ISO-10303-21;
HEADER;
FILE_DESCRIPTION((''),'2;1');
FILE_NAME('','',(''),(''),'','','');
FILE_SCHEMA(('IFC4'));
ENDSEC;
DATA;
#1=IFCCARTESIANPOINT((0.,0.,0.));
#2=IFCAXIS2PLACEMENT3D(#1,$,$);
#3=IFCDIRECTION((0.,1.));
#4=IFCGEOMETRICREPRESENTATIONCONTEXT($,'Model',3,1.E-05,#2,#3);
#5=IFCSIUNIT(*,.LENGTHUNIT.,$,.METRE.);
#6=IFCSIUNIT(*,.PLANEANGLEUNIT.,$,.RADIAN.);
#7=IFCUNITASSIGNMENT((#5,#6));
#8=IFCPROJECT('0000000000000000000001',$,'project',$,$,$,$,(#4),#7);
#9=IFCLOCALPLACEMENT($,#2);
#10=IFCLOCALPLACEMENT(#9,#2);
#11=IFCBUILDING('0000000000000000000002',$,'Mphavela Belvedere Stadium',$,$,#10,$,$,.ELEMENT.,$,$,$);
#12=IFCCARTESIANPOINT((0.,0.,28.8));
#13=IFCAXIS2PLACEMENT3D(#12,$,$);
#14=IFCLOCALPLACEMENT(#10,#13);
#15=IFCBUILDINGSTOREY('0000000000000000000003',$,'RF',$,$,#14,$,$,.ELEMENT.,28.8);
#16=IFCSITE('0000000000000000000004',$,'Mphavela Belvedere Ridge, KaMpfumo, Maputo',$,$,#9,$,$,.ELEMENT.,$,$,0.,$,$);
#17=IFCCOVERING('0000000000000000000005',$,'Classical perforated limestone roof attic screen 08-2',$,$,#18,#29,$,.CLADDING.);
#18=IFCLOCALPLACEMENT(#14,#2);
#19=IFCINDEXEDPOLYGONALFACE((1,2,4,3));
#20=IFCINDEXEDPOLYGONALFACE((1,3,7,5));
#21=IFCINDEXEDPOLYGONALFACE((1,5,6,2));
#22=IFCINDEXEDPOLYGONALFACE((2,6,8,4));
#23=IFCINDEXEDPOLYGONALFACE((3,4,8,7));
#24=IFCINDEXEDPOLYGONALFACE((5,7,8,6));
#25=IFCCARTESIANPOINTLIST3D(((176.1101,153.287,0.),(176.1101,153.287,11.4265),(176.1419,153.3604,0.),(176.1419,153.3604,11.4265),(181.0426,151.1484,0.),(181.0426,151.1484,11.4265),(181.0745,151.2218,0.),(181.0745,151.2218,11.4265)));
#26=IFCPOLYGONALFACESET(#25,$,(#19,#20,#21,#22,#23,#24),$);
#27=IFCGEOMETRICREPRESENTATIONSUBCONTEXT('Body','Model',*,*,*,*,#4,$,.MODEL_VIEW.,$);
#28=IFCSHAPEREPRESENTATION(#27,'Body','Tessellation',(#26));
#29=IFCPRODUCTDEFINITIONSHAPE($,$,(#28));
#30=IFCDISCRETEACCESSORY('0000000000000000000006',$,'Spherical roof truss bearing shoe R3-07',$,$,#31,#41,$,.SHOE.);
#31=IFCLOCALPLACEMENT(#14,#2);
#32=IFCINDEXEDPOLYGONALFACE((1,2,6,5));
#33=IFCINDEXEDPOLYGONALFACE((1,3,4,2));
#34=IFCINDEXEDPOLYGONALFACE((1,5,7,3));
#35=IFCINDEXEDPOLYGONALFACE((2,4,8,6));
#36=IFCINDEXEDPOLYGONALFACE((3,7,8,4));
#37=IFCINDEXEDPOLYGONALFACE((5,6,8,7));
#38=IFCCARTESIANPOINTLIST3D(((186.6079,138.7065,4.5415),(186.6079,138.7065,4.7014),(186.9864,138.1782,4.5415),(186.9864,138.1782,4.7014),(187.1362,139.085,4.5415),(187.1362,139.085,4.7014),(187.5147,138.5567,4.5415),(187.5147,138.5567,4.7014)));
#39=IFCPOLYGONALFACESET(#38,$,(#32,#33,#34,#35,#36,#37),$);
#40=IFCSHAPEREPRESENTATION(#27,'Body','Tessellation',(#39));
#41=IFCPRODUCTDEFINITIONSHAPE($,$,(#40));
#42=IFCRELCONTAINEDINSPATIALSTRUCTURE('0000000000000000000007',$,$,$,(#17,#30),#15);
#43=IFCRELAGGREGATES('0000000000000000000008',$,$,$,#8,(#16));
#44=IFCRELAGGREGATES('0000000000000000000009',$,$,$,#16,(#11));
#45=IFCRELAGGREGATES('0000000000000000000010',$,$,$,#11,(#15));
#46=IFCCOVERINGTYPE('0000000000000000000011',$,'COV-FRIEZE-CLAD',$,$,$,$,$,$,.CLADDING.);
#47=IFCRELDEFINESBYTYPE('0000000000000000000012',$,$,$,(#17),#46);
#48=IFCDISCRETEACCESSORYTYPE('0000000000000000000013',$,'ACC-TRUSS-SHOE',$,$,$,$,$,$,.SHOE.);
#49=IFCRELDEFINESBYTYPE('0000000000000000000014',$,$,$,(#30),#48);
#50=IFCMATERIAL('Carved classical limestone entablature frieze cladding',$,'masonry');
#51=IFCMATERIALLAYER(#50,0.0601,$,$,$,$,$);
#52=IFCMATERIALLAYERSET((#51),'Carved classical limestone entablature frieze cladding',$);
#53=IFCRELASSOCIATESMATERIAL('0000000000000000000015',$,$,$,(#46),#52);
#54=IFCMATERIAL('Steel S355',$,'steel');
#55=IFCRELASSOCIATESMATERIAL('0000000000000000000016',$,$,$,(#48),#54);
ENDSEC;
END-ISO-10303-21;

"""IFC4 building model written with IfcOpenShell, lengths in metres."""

from ifc_helpers import new_model, si_unit, direction, frame, origin, origin_2d, place, context, subcontext, project, spatial, rectangle, extrude, material, layer, layer_set, type_object, element, save


model = new_model("IFC4")

# Units and contexts
model_context = context("Model", 3, precision=1e-05, world=origin(), true_north=direction((0.0, 1.0)))
body_context = subcontext(model_context, "Body", "Model", "MODEL_VIEW")
ifc_project = project(units=[si_unit("LENGTHUNIT", "METRE"), si_unit("PLANEANGLEUNIT", "RADIAN")], contexts=[model_context])

# Site, building, storey
site_placement = place(None, origin())
site = spatial("IfcSite", under=ifc_project, at=site_placement, Name="Mphavela Belvedere Ridge, KaMpfumo, Maputo", CompositionType="ELEMENT", RefElevation=0.0)
building_placement = place(site_placement, origin())
building = spatial("IfcBuilding", under=site, at=building_placement, Name="Mphavela Belvedere Stadium", CompositionType="ELEMENT")
storey_placement = place(building_placement, frame((0.0, 0.0, 28.8)))
storey = spatial("IfcBuildingStorey", under=building, at=storey_placement, Name="RF", CompositionType="ELEMENT", Elevation=28.8)

# Covering
ifc_material_1 = material(Name="Carved classical limestone entablature frieze cladding", Category="masonry")
ifc_layer_1 = layer(ifc_material_1, 0.0601)
ifc_layer_set_1 = layer_set([ifc_layer_1], Name="Carved classical limestone entablature frieze cladding")
covering_type = type_object("IfcCoveringType", Name="COV-FRIEZE-CLAD", PredefinedType="CLADDING", material=ifc_layer_set_1)
covering_1_placement = place(storey_placement, frame((178.5923, 152.2544, 0.0), z_axis=(0.0, 0.0, 1.0), x_axis=(-0.917477, 0.397789, 0.0)))
element("IfcCovering", 1, at=covering_1_placement, inside=storey, type_object=covering_type, Name="Classical perforated limestone roof attic screen 08-2", PredefinedType="CLADDING", context=body_context, shape_type="SweptSolid", body=[
    extrude(rectangle(XDim=5.3762, YDim=0.0801, at=origin_2d()), origin(), (0.0, 0.0, 1.0), 11.4265),
])

# Discrete accessory
ifc_material_2 = material(Name="Steel S355", Category="steel")
discrete_accessory_type = type_object("IfcDiscreteAccessoryType", Name="ACC-TRUSS-SHOE", PredefinedType="SHOE", material=ifc_material_2)
discrete_accessory_placement = place(storey_placement, frame((187.0613, 138.6316, 4.5415), z_axis=(0.0, 0.0, 1.0), x_axis=(0.812898, 0.582407, 0.0)))
element("IfcDiscreteAccessory", 2, at=discrete_accessory_placement, inside=storey, type_object=discrete_accessory_type, Name="Spherical roof truss bearing shoe R3-07", PredefinedType="SHOE", context=body_context, shape_type="SweptSolid", body=[
    extrude(rectangle(XDim=0.6499, YDim=0.6499, at=origin_2d()), origin(), (0.0, 0.0, 1.0), 0.1599),
])

save(model, "model.ifc")
